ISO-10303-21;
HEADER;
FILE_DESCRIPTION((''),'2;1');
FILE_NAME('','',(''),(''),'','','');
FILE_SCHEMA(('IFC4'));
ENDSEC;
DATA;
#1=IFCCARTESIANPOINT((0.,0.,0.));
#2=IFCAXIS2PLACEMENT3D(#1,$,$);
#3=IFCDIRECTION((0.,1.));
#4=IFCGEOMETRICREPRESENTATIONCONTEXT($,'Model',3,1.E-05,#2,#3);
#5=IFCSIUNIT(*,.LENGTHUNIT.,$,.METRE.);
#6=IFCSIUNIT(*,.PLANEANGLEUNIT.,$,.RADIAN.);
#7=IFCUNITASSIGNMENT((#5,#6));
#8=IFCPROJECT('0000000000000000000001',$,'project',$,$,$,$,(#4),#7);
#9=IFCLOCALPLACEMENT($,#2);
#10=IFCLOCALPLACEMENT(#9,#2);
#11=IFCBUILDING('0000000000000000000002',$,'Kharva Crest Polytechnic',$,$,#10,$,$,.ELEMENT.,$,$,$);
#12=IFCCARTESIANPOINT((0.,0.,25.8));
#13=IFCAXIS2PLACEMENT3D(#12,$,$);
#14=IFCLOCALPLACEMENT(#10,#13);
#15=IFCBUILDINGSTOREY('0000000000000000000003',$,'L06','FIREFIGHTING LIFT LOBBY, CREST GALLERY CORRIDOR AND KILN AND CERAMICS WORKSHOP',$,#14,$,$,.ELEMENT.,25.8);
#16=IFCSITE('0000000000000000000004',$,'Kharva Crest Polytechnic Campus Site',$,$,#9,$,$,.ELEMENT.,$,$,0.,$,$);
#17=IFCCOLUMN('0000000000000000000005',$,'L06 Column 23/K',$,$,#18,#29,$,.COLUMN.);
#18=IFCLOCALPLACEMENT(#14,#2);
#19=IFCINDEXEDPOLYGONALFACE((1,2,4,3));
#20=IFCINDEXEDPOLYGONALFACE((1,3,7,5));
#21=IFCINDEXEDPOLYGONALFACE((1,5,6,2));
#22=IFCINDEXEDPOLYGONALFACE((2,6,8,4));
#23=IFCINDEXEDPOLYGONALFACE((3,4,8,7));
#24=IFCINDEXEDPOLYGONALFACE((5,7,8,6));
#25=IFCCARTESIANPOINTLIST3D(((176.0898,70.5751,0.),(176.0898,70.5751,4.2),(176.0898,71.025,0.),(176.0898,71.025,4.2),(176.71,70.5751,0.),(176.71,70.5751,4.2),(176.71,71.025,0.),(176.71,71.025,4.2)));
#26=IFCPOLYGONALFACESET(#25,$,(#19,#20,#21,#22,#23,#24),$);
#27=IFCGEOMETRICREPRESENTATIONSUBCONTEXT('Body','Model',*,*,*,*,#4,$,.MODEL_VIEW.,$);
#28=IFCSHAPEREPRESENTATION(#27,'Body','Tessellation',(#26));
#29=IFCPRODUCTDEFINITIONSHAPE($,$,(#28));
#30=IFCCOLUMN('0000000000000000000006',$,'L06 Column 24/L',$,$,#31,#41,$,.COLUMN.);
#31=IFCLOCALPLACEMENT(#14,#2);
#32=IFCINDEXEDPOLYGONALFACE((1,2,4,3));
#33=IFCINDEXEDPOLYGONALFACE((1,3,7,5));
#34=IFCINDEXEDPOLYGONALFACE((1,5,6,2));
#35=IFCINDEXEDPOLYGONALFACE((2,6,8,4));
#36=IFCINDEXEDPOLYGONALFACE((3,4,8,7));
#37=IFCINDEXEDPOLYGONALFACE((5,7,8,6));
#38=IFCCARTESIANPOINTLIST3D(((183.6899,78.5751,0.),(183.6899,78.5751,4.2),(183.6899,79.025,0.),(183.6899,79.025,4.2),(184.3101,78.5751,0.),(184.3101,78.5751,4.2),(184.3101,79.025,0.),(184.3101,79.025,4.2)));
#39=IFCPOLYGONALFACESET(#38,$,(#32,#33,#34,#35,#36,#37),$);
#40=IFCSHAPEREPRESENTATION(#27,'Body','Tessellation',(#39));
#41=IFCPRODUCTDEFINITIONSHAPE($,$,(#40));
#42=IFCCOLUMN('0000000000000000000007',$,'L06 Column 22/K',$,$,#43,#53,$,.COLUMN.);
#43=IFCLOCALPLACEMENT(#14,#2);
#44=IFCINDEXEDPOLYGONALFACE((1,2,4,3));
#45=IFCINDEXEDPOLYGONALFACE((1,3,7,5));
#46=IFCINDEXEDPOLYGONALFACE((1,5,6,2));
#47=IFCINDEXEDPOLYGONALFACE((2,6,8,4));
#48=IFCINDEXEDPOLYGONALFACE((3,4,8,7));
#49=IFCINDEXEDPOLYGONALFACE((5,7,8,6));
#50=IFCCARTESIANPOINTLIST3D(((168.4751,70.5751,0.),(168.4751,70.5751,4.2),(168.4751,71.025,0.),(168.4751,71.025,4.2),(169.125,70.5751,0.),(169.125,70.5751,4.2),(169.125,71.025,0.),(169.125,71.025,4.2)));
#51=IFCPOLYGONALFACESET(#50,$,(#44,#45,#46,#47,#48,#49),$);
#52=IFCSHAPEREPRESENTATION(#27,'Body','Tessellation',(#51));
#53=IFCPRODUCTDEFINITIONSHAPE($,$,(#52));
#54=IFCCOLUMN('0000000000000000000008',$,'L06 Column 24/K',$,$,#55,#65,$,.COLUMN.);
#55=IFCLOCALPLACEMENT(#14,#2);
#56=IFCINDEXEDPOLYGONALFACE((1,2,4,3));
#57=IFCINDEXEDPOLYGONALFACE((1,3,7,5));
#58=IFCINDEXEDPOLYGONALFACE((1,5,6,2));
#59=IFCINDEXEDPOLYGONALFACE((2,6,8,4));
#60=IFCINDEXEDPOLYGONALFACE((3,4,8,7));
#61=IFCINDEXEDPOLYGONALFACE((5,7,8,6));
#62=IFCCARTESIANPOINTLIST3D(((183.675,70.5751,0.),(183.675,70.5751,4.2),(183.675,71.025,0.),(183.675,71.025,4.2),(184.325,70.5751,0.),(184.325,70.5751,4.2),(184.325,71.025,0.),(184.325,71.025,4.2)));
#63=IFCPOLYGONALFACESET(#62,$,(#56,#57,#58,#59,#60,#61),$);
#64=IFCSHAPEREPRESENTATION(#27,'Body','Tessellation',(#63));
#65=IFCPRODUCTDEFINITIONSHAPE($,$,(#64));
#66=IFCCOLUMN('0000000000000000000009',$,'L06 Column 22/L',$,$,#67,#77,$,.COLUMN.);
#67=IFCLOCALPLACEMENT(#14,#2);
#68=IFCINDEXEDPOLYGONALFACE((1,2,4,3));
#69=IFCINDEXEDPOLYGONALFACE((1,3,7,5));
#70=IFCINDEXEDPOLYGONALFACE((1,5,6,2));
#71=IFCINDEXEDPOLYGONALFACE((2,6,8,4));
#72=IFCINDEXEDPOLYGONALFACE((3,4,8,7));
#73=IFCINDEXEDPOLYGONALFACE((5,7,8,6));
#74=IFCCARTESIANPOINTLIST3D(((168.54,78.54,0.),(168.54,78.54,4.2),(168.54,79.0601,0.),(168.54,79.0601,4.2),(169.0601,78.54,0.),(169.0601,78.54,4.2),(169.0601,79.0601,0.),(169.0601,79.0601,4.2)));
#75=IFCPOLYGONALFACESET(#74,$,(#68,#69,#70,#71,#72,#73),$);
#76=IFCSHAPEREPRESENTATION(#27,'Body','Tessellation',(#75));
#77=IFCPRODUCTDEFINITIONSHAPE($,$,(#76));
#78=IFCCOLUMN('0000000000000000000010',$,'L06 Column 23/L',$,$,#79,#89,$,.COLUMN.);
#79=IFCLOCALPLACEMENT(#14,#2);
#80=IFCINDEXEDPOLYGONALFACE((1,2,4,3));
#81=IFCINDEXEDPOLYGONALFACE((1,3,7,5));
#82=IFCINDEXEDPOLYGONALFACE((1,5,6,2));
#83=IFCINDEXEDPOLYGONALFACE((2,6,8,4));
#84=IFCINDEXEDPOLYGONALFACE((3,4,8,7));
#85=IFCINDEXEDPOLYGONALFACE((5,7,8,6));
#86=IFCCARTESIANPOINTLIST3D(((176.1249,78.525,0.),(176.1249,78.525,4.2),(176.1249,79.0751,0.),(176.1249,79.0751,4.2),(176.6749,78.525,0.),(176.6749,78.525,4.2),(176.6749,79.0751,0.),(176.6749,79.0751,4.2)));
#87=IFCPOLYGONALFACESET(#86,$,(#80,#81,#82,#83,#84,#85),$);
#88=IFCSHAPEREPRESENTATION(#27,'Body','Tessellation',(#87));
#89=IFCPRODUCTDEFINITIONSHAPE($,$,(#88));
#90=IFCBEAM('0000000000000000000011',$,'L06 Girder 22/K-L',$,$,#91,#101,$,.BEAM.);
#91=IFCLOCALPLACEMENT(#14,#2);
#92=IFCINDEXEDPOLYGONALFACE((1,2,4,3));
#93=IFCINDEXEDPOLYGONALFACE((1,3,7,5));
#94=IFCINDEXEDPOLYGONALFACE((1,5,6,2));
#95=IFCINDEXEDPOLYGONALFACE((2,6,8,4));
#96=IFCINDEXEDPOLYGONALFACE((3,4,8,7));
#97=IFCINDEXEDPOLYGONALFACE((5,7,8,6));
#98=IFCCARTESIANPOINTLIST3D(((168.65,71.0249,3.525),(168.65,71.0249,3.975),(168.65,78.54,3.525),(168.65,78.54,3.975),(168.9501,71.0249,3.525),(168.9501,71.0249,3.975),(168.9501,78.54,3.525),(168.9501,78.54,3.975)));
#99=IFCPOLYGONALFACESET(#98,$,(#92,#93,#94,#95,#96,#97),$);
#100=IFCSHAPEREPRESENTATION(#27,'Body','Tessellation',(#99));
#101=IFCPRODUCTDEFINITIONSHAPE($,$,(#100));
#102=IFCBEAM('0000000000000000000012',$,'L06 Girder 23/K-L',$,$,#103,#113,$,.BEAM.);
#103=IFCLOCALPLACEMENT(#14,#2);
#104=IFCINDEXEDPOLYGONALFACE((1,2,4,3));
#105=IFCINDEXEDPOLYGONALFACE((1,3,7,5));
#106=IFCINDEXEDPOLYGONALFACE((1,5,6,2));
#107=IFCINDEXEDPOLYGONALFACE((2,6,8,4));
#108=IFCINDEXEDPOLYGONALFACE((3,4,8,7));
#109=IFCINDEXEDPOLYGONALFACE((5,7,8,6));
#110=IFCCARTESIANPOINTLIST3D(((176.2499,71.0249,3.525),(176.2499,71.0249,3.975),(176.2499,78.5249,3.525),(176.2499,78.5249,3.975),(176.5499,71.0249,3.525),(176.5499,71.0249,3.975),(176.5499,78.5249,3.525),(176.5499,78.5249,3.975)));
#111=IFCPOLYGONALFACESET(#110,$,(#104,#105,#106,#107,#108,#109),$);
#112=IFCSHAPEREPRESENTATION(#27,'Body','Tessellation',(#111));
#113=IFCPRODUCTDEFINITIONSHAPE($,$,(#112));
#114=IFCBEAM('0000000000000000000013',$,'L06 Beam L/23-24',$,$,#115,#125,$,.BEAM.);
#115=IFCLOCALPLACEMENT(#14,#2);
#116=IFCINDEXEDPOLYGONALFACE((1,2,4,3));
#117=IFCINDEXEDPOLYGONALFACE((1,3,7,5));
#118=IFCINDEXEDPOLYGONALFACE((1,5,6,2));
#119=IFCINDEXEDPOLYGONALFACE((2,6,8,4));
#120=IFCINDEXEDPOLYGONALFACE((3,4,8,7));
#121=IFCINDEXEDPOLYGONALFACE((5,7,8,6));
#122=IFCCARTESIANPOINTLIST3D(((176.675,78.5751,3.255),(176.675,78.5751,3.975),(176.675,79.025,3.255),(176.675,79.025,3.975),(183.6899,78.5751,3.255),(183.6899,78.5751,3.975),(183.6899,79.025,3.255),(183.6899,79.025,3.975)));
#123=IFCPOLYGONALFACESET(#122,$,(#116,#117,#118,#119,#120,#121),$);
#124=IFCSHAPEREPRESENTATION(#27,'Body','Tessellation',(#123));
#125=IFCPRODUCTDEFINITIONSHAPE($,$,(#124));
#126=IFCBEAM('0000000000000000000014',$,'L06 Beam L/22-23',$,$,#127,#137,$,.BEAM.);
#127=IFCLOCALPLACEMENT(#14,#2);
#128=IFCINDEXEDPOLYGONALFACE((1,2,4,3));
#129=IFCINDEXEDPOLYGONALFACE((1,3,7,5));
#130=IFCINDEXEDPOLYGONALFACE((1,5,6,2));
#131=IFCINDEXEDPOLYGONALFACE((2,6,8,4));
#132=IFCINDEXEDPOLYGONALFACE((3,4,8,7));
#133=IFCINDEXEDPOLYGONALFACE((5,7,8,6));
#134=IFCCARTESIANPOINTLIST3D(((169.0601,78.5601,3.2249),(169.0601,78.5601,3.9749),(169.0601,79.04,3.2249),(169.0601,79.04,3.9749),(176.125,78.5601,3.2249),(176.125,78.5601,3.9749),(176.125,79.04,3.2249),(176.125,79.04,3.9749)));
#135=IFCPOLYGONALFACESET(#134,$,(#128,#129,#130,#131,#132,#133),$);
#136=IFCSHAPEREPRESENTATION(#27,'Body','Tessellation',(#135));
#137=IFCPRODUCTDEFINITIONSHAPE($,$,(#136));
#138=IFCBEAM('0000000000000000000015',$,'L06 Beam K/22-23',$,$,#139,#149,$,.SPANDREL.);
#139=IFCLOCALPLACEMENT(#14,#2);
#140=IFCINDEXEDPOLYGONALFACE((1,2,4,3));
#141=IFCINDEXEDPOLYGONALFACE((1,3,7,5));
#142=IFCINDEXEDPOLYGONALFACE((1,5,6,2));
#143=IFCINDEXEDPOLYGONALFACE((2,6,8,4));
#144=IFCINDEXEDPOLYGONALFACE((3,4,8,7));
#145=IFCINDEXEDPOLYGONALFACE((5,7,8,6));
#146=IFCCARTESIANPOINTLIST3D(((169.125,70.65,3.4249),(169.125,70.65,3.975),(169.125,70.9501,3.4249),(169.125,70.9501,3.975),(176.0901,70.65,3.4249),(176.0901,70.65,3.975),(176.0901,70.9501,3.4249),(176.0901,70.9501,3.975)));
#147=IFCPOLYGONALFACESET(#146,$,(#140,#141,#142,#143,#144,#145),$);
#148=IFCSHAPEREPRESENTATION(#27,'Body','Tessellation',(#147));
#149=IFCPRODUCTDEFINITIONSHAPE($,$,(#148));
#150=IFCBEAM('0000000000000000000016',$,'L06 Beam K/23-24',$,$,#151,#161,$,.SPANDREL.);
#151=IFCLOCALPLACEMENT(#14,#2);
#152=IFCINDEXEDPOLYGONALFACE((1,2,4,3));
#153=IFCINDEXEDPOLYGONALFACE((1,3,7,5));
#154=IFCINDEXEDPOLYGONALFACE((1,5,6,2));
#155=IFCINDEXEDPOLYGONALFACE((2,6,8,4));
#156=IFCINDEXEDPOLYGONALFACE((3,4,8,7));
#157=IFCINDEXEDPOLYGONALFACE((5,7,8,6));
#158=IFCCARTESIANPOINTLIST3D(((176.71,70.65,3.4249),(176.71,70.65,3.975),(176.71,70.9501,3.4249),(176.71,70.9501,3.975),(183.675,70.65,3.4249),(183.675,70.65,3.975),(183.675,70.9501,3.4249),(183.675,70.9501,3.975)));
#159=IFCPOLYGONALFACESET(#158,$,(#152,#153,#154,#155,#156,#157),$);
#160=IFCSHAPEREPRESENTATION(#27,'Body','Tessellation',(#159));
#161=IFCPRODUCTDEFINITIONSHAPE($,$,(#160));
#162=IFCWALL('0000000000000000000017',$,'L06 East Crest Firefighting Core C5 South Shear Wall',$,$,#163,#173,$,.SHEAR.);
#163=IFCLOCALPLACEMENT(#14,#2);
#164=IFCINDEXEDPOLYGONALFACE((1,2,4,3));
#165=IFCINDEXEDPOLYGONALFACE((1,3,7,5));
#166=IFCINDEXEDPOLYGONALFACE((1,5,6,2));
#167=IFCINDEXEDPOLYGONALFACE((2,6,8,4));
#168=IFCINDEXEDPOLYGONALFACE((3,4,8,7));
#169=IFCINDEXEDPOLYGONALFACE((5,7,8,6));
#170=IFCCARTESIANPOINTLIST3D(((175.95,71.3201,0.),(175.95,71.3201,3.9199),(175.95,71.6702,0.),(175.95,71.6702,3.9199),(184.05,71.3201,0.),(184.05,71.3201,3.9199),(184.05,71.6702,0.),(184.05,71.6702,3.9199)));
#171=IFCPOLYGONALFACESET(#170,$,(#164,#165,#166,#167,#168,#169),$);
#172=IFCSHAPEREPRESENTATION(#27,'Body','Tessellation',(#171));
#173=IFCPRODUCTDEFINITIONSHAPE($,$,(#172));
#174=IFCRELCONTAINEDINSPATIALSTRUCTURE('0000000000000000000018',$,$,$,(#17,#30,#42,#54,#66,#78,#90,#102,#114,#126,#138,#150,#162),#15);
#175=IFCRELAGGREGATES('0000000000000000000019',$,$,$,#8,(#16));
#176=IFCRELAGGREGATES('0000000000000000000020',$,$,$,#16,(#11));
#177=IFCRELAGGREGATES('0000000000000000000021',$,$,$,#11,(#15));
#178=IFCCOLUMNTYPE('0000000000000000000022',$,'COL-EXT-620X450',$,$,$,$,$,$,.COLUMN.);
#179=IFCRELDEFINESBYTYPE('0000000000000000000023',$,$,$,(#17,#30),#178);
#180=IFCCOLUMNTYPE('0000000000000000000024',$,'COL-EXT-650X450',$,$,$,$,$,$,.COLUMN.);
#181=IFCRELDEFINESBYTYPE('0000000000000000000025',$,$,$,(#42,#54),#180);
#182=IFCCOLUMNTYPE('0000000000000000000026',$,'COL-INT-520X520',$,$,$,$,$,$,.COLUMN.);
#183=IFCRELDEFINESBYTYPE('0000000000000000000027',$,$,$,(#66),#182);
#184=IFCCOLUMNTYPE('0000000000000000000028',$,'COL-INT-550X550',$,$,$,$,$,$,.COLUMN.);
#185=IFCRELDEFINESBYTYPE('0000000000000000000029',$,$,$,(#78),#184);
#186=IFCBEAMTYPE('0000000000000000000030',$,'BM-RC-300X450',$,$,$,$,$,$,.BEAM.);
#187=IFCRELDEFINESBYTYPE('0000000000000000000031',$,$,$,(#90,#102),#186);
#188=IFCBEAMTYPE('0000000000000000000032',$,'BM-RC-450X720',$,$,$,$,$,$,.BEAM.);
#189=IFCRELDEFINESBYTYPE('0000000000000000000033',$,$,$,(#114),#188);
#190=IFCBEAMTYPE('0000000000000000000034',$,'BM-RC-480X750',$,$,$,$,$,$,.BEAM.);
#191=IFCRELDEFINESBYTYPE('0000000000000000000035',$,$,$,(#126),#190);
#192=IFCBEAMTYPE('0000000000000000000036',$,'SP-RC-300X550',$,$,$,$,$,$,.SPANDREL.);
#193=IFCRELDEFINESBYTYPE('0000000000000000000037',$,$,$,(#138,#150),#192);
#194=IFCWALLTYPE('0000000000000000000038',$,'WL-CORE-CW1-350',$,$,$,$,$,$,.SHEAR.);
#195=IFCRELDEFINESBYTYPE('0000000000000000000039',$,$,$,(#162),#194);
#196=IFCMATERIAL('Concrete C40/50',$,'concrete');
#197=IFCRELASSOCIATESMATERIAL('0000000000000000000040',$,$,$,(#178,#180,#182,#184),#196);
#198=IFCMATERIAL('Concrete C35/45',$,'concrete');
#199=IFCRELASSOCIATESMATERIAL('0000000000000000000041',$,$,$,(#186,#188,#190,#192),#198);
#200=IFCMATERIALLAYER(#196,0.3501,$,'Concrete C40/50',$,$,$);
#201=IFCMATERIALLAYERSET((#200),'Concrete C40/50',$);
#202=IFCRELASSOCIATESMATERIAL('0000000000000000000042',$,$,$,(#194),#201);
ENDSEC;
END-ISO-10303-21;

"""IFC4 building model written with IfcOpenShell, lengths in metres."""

from ifc_helpers import new_model, si_unit, direction, frame, frame_2d, origin, origin_2d, place, context, subcontext, project, spatial, rectangle, extrude, material, layer, layer_set, material_profile, profile_set, type_object, element, save


model = new_model("IFC4")

# Units and contexts
model_context = context("Model", 3, precision=1e-05, world=origin(), true_north=direction((0.0, 1.0)))
body_context = subcontext(model_context, "Body", "Model", "MODEL_VIEW")
ifc_project = project(units=[si_unit("LENGTHUNIT", "METRE"), si_unit("PLANEANGLEUNIT", "RADIAN")], contexts=[model_context])

# Site, building, storey
site_placement = place(None, origin())
site = spatial("IfcSite", under=ifc_project, at=site_placement, Name="Kharva Crest Polytechnic Campus Site", CompositionType="ELEMENT", RefElevation=0.0)
building_placement = place(site_placement, origin())
building = spatial("IfcBuilding", under=site, at=building_placement, Name="Kharva Crest Polytechnic", CompositionType="ELEMENT")
storey_placement = place(building_placement, frame((0.0, 0.0, 25.8)))
storey = spatial("IfcBuildingStorey", under=building, at=storey_placement, Name="L06", Description="FIREFIGHTING LIFT LOBBY, CREST GALLERY CORRIDOR AND KILN AND CERAMICS WORKSHOP", CompositionType="ELEMENT", Elevation=25.8)

# Columns
ifc_material_1 = material(Name="Concrete C40/50", Category="concrete")
ifc_material_profile_1 = material_profile(ifc_material_1, rectangle(XDim=0.6201, YDim=0.45, at=origin_2d()), Name="RECT 620 X 450")
ifc_profile_set_1 = profile_set([ifc_material_profile_1], Name="Concrete C40/50")
column_type_1 = type_object("IfcColumnType", Name="COL-EXT-620X450", PredefinedType="COLUMN", material=ifc_profile_set_1)
for number, where, z_axis, x_axis, name in (
    (1, (176.3999, 70.8, 0.0), (0.0, 0.0, 1.0), (1.0, 0.0, 0.0), "L06 Column 23/K"),
    (2, (184.0, 78.8, 0.0), (0.0, 0.0, 1.0), (1.0, 0.0, 0.0), "L06 Column 24/L"),
):
    element("IfcColumn", number, at=place(storey_placement, frame(where, z_axis=z_axis, x_axis=x_axis)), inside=storey, type_object=column_type_1, Name=name, PredefinedType="COLUMN", context=body_context, shape_type="SweptSolid", body=[
        extrude(rectangle(XDim=0.6201, YDim=0.45, at=origin_2d()), origin(), (0.0, 0.0, 1.0), 4.2),
    ])
ifc_material_profile_2 = material_profile(ifc_material_1, rectangle(XDim=0.6499, YDim=0.45, at=origin_2d()), Name="RECT 650 X 450")
ifc_profile_set_2 = profile_set([ifc_material_profile_2], Name="Concrete C40/50")
column_type_2 = type_object("IfcColumnType", Name="COL-EXT-650X450", PredefinedType="COLUMN", material=ifc_profile_set_2)
for number, where, z_axis, x_axis, name in (
    (3, (168.8, 70.8, 0.0), (0.0, 0.0, 1.0), (1.0, 0.0, 0.0), "L06 Column 22/K"),
    (4, (184.0, 70.8, 0.0), (0.0, 0.0, 1.0), (1.0, 0.0, 0.0), "L06 Column 24/K"),
):
    element("IfcColumn", number, at=place(storey_placement, frame(where, z_axis=z_axis, x_axis=x_axis)), inside=storey, type_object=column_type_2, Name=name, PredefinedType="COLUMN", context=body_context, shape_type="SweptSolid", body=[
        extrude(rectangle(XDim=0.6499, YDim=0.45, at=origin_2d()), origin(), (0.0, 0.0, 1.0), 4.2),
    ])
ifc_material_profile_3 = material_profile(ifc_material_1, rectangle(XDim=0.52, YDim=0.52, at=origin_2d()), Name="RECT 520 X 520")
ifc_profile_set_3 = profile_set([ifc_material_profile_3], Name="Concrete C40/50")
column_type_3 = type_object("IfcColumnType", Name="COL-INT-520X520", PredefinedType="COLUMN", material=ifc_profile_set_3)
column_1_placement = place(storey_placement, frame((168.8, 78.8, 0.0), z_axis=(0.0, 0.0, 1.0), x_axis=(1.0, 0.0, 0.0)))
element("IfcColumn", 5, at=column_1_placement, inside=storey, type_object=column_type_3, Name="L06 Column 22/L", PredefinedType="COLUMN", context=body_context, shape_type="SweptSolid", body=[
    extrude(rectangle(XDim=0.52, YDim=0.52, at=origin_2d()), origin(), (0.0, 0.0, 1.0), 4.2),
])
ifc_material_profile_4 = material_profile(ifc_material_1, rectangle(XDim=0.55, YDim=0.55, at=origin_2d()), Name="RECT 550 X 550")
ifc_profile_set_4 = profile_set([ifc_material_profile_4], Name="Concrete C40/50")
column_type_4 = type_object("IfcColumnType", Name="COL-INT-550X550", PredefinedType="COLUMN", material=ifc_profile_set_4)
column_2_placement = place(storey_placement, frame((176.3999, 78.8, 0.0), z_axis=(0.0, 0.0, 1.0), x_axis=(1.0, 0.0, 0.0)))
element("IfcColumn", 6, at=column_2_placement, inside=storey, type_object=column_type_4, Name="L06 Column 23/L", PredefinedType="COLUMN", context=body_context, shape_type="SweptSolid", body=[
    extrude(rectangle(XDim=0.55, YDim=0.55, at=origin_2d()), origin(), (0.0, 0.0, 1.0), 4.2),
])

# Beams
ifc_material_2 = material(Name="Concrete C35/45", Category="concrete")
ifc_material_profile_5 = material_profile(ifc_material_2, rectangle(XDim=0.3, YDim=0.45, at=origin_2d()), Name="RECT 300 X 450")
ifc_profile_set_5 = profile_set([ifc_material_profile_5], Name="Concrete C35/45")
beam_type_1 = type_object("IfcBeamType", Name="BM-RC-300X450", PredefinedType="BEAM", material=ifc_profile_set_5)
beam_1_placement = place(storey_placement, frame((168.8, 71.0249, 3.75), z_axis=(0.0, 1.0, 0.0), x_axis=(-1.0, 0.0, 0.0)))
element("IfcBeam", 7, at=beam_1_placement, inside=storey, type_object=beam_type_1, Name="L06 Girder 22/K-L", PredefinedType="BEAM", context=body_context, shape_type="SweptSolid", body=[
    extrude(rectangle(XDim=0.3, YDim=0.45, at=origin_2d()), origin(), (0.0, 0.0, 1.0), 7.5151),
])
beam_2_placement = place(storey_placement, frame((176.3999, 71.0249, 3.75), z_axis=(0.0, 1.0, 0.0), x_axis=(-1.0, 0.0, 0.0)))
element("IfcBeam", 8, at=beam_2_placement, inside=storey, type_object=beam_type_1, Name="L06 Girder 23/K-L", PredefinedType="BEAM", context=body_context, shape_type="SweptSolid", body=[
    extrude(rectangle(XDim=0.3, YDim=0.45, at=origin_2d()), origin(), (0.0, 0.0, 1.0), 7.5),
])
ifc_material_profile_6 = material_profile(ifc_material_2, rectangle(XDim=0.45, YDim=0.72, at=origin_2d()), Name="RECT 450 X 720")
ifc_profile_set_6 = profile_set([ifc_material_profile_6], Name="Concrete C35/45")
beam_type_2 = type_object("IfcBeamType", Name="BM-RC-450X720", PredefinedType="BEAM", material=ifc_profile_set_6)
beam_3_placement = place(storey_placement, frame((176.675, 78.8, 3.615), z_axis=(1.0, 0.0, 0.0), x_axis=(0.0, 1.0, 0.0)))
element("IfcBeam", 9, at=beam_3_placement, inside=storey, type_object=beam_type_2, Name="L06 Beam L/23-24", PredefinedType="BEAM", context=body_context, shape_type="SweptSolid", body=[
    extrude(rectangle(XDim=0.45, YDim=0.72, at=origin_2d()), origin(), (0.0, 0.0, 1.0), 7.0149),
])
ifc_material_profile_7 = material_profile(ifc_material_2, rectangle(XDim=0.48, YDim=0.75, at=origin_2d()), Name="RECT 480 X 750")
ifc_profile_set_7 = profile_set([ifc_material_profile_7], Name="Concrete C35/45")
beam_type_3 = type_object("IfcBeamType", Name="BM-RC-480X750", PredefinedType="BEAM", material=ifc_profile_set_7)
beam_4_placement = place(storey_placement, frame((169.0601, 78.8, 3.5999), z_axis=(1.0, 0.0, 0.0), x_axis=(0.0, 1.0, 0.0)))
element("IfcBeam", 10, at=beam_4_placement, inside=storey, type_object=beam_type_3, Name="L06 Beam L/22-23", PredefinedType="BEAM", context=body_context, shape_type="SweptSolid", body=[
    extrude(rectangle(XDim=0.48, YDim=0.75, at=origin_2d()), origin(), (0.0, 0.0, 1.0), 7.0649),
])
ifc_material_profile_8 = material_profile(ifc_material_2, rectangle(XDim=0.3, YDim=0.55, at=origin_2d()), Name="RECT 300 X 550")
ifc_profile_set_8 = profile_set([ifc_material_profile_8], Name="Concrete C35/45")
beam_type_4 = type_object("IfcBeamType", Name="SP-RC-300X550", PredefinedType="SPANDREL", material=ifc_profile_set_8)
for number, where, z_axis, x_axis, name in (
    (11, (169.125, 70.8, 3.7), (1.0, 0.0, 0.0), (0.0, 1.0, 0.0), "L06 Beam K/22-23"),
    (12, (176.71, 70.8, 3.7), (1.0, 0.0, 0.0), (0.0, 1.0, 0.0), "L06 Beam K/23-24"),
):
    element("IfcBeam", number, at=place(storey_placement, frame(where, z_axis=z_axis, x_axis=x_axis)), inside=storey, type_object=beam_type_4, Name=name, PredefinedType="SPANDREL", context=body_context, shape_type="SweptSolid", body=[
        extrude(rectangle(XDim=0.3, YDim=0.55, at=origin_2d()), origin(), (0.0, 0.0, 1.0), 6.9651),
    ])

# Wall
ifc_layer_1 = layer(ifc_material_1, 0.3501, Name="Concrete C40/50")
ifc_layer_set_1 = layer_set([ifc_layer_1], Name="Concrete C40/50")
wall_type_1 = type_object("IfcWallType", Name="WL-CORE-CW1-350", PredefinedType="SHEAR", material=ifc_layer_set_1)
wall_1_placement = place(storey_placement, frame((175.95, 71.4951, 0.0), z_axis=(0.0, 0.0, 1.0), x_axis=(1.0, 0.0, 0.0)))
element("IfcWall", 13, at=wall_1_placement, inside=storey, type_object=wall_type_1, Name="L06 East Crest Firefighting Core C5 South Shear Wall", PredefinedType="SHEAR", context=body_context, shape_type="SweptSolid", body=[
    extrude(rectangle(XDim=8.1001, YDim=0.3501, at=frame_2d((4.05, 0.0))), origin(), (0.0, 0.0, 1.0), 3.9199),
])

save(model, "model.ifc")
